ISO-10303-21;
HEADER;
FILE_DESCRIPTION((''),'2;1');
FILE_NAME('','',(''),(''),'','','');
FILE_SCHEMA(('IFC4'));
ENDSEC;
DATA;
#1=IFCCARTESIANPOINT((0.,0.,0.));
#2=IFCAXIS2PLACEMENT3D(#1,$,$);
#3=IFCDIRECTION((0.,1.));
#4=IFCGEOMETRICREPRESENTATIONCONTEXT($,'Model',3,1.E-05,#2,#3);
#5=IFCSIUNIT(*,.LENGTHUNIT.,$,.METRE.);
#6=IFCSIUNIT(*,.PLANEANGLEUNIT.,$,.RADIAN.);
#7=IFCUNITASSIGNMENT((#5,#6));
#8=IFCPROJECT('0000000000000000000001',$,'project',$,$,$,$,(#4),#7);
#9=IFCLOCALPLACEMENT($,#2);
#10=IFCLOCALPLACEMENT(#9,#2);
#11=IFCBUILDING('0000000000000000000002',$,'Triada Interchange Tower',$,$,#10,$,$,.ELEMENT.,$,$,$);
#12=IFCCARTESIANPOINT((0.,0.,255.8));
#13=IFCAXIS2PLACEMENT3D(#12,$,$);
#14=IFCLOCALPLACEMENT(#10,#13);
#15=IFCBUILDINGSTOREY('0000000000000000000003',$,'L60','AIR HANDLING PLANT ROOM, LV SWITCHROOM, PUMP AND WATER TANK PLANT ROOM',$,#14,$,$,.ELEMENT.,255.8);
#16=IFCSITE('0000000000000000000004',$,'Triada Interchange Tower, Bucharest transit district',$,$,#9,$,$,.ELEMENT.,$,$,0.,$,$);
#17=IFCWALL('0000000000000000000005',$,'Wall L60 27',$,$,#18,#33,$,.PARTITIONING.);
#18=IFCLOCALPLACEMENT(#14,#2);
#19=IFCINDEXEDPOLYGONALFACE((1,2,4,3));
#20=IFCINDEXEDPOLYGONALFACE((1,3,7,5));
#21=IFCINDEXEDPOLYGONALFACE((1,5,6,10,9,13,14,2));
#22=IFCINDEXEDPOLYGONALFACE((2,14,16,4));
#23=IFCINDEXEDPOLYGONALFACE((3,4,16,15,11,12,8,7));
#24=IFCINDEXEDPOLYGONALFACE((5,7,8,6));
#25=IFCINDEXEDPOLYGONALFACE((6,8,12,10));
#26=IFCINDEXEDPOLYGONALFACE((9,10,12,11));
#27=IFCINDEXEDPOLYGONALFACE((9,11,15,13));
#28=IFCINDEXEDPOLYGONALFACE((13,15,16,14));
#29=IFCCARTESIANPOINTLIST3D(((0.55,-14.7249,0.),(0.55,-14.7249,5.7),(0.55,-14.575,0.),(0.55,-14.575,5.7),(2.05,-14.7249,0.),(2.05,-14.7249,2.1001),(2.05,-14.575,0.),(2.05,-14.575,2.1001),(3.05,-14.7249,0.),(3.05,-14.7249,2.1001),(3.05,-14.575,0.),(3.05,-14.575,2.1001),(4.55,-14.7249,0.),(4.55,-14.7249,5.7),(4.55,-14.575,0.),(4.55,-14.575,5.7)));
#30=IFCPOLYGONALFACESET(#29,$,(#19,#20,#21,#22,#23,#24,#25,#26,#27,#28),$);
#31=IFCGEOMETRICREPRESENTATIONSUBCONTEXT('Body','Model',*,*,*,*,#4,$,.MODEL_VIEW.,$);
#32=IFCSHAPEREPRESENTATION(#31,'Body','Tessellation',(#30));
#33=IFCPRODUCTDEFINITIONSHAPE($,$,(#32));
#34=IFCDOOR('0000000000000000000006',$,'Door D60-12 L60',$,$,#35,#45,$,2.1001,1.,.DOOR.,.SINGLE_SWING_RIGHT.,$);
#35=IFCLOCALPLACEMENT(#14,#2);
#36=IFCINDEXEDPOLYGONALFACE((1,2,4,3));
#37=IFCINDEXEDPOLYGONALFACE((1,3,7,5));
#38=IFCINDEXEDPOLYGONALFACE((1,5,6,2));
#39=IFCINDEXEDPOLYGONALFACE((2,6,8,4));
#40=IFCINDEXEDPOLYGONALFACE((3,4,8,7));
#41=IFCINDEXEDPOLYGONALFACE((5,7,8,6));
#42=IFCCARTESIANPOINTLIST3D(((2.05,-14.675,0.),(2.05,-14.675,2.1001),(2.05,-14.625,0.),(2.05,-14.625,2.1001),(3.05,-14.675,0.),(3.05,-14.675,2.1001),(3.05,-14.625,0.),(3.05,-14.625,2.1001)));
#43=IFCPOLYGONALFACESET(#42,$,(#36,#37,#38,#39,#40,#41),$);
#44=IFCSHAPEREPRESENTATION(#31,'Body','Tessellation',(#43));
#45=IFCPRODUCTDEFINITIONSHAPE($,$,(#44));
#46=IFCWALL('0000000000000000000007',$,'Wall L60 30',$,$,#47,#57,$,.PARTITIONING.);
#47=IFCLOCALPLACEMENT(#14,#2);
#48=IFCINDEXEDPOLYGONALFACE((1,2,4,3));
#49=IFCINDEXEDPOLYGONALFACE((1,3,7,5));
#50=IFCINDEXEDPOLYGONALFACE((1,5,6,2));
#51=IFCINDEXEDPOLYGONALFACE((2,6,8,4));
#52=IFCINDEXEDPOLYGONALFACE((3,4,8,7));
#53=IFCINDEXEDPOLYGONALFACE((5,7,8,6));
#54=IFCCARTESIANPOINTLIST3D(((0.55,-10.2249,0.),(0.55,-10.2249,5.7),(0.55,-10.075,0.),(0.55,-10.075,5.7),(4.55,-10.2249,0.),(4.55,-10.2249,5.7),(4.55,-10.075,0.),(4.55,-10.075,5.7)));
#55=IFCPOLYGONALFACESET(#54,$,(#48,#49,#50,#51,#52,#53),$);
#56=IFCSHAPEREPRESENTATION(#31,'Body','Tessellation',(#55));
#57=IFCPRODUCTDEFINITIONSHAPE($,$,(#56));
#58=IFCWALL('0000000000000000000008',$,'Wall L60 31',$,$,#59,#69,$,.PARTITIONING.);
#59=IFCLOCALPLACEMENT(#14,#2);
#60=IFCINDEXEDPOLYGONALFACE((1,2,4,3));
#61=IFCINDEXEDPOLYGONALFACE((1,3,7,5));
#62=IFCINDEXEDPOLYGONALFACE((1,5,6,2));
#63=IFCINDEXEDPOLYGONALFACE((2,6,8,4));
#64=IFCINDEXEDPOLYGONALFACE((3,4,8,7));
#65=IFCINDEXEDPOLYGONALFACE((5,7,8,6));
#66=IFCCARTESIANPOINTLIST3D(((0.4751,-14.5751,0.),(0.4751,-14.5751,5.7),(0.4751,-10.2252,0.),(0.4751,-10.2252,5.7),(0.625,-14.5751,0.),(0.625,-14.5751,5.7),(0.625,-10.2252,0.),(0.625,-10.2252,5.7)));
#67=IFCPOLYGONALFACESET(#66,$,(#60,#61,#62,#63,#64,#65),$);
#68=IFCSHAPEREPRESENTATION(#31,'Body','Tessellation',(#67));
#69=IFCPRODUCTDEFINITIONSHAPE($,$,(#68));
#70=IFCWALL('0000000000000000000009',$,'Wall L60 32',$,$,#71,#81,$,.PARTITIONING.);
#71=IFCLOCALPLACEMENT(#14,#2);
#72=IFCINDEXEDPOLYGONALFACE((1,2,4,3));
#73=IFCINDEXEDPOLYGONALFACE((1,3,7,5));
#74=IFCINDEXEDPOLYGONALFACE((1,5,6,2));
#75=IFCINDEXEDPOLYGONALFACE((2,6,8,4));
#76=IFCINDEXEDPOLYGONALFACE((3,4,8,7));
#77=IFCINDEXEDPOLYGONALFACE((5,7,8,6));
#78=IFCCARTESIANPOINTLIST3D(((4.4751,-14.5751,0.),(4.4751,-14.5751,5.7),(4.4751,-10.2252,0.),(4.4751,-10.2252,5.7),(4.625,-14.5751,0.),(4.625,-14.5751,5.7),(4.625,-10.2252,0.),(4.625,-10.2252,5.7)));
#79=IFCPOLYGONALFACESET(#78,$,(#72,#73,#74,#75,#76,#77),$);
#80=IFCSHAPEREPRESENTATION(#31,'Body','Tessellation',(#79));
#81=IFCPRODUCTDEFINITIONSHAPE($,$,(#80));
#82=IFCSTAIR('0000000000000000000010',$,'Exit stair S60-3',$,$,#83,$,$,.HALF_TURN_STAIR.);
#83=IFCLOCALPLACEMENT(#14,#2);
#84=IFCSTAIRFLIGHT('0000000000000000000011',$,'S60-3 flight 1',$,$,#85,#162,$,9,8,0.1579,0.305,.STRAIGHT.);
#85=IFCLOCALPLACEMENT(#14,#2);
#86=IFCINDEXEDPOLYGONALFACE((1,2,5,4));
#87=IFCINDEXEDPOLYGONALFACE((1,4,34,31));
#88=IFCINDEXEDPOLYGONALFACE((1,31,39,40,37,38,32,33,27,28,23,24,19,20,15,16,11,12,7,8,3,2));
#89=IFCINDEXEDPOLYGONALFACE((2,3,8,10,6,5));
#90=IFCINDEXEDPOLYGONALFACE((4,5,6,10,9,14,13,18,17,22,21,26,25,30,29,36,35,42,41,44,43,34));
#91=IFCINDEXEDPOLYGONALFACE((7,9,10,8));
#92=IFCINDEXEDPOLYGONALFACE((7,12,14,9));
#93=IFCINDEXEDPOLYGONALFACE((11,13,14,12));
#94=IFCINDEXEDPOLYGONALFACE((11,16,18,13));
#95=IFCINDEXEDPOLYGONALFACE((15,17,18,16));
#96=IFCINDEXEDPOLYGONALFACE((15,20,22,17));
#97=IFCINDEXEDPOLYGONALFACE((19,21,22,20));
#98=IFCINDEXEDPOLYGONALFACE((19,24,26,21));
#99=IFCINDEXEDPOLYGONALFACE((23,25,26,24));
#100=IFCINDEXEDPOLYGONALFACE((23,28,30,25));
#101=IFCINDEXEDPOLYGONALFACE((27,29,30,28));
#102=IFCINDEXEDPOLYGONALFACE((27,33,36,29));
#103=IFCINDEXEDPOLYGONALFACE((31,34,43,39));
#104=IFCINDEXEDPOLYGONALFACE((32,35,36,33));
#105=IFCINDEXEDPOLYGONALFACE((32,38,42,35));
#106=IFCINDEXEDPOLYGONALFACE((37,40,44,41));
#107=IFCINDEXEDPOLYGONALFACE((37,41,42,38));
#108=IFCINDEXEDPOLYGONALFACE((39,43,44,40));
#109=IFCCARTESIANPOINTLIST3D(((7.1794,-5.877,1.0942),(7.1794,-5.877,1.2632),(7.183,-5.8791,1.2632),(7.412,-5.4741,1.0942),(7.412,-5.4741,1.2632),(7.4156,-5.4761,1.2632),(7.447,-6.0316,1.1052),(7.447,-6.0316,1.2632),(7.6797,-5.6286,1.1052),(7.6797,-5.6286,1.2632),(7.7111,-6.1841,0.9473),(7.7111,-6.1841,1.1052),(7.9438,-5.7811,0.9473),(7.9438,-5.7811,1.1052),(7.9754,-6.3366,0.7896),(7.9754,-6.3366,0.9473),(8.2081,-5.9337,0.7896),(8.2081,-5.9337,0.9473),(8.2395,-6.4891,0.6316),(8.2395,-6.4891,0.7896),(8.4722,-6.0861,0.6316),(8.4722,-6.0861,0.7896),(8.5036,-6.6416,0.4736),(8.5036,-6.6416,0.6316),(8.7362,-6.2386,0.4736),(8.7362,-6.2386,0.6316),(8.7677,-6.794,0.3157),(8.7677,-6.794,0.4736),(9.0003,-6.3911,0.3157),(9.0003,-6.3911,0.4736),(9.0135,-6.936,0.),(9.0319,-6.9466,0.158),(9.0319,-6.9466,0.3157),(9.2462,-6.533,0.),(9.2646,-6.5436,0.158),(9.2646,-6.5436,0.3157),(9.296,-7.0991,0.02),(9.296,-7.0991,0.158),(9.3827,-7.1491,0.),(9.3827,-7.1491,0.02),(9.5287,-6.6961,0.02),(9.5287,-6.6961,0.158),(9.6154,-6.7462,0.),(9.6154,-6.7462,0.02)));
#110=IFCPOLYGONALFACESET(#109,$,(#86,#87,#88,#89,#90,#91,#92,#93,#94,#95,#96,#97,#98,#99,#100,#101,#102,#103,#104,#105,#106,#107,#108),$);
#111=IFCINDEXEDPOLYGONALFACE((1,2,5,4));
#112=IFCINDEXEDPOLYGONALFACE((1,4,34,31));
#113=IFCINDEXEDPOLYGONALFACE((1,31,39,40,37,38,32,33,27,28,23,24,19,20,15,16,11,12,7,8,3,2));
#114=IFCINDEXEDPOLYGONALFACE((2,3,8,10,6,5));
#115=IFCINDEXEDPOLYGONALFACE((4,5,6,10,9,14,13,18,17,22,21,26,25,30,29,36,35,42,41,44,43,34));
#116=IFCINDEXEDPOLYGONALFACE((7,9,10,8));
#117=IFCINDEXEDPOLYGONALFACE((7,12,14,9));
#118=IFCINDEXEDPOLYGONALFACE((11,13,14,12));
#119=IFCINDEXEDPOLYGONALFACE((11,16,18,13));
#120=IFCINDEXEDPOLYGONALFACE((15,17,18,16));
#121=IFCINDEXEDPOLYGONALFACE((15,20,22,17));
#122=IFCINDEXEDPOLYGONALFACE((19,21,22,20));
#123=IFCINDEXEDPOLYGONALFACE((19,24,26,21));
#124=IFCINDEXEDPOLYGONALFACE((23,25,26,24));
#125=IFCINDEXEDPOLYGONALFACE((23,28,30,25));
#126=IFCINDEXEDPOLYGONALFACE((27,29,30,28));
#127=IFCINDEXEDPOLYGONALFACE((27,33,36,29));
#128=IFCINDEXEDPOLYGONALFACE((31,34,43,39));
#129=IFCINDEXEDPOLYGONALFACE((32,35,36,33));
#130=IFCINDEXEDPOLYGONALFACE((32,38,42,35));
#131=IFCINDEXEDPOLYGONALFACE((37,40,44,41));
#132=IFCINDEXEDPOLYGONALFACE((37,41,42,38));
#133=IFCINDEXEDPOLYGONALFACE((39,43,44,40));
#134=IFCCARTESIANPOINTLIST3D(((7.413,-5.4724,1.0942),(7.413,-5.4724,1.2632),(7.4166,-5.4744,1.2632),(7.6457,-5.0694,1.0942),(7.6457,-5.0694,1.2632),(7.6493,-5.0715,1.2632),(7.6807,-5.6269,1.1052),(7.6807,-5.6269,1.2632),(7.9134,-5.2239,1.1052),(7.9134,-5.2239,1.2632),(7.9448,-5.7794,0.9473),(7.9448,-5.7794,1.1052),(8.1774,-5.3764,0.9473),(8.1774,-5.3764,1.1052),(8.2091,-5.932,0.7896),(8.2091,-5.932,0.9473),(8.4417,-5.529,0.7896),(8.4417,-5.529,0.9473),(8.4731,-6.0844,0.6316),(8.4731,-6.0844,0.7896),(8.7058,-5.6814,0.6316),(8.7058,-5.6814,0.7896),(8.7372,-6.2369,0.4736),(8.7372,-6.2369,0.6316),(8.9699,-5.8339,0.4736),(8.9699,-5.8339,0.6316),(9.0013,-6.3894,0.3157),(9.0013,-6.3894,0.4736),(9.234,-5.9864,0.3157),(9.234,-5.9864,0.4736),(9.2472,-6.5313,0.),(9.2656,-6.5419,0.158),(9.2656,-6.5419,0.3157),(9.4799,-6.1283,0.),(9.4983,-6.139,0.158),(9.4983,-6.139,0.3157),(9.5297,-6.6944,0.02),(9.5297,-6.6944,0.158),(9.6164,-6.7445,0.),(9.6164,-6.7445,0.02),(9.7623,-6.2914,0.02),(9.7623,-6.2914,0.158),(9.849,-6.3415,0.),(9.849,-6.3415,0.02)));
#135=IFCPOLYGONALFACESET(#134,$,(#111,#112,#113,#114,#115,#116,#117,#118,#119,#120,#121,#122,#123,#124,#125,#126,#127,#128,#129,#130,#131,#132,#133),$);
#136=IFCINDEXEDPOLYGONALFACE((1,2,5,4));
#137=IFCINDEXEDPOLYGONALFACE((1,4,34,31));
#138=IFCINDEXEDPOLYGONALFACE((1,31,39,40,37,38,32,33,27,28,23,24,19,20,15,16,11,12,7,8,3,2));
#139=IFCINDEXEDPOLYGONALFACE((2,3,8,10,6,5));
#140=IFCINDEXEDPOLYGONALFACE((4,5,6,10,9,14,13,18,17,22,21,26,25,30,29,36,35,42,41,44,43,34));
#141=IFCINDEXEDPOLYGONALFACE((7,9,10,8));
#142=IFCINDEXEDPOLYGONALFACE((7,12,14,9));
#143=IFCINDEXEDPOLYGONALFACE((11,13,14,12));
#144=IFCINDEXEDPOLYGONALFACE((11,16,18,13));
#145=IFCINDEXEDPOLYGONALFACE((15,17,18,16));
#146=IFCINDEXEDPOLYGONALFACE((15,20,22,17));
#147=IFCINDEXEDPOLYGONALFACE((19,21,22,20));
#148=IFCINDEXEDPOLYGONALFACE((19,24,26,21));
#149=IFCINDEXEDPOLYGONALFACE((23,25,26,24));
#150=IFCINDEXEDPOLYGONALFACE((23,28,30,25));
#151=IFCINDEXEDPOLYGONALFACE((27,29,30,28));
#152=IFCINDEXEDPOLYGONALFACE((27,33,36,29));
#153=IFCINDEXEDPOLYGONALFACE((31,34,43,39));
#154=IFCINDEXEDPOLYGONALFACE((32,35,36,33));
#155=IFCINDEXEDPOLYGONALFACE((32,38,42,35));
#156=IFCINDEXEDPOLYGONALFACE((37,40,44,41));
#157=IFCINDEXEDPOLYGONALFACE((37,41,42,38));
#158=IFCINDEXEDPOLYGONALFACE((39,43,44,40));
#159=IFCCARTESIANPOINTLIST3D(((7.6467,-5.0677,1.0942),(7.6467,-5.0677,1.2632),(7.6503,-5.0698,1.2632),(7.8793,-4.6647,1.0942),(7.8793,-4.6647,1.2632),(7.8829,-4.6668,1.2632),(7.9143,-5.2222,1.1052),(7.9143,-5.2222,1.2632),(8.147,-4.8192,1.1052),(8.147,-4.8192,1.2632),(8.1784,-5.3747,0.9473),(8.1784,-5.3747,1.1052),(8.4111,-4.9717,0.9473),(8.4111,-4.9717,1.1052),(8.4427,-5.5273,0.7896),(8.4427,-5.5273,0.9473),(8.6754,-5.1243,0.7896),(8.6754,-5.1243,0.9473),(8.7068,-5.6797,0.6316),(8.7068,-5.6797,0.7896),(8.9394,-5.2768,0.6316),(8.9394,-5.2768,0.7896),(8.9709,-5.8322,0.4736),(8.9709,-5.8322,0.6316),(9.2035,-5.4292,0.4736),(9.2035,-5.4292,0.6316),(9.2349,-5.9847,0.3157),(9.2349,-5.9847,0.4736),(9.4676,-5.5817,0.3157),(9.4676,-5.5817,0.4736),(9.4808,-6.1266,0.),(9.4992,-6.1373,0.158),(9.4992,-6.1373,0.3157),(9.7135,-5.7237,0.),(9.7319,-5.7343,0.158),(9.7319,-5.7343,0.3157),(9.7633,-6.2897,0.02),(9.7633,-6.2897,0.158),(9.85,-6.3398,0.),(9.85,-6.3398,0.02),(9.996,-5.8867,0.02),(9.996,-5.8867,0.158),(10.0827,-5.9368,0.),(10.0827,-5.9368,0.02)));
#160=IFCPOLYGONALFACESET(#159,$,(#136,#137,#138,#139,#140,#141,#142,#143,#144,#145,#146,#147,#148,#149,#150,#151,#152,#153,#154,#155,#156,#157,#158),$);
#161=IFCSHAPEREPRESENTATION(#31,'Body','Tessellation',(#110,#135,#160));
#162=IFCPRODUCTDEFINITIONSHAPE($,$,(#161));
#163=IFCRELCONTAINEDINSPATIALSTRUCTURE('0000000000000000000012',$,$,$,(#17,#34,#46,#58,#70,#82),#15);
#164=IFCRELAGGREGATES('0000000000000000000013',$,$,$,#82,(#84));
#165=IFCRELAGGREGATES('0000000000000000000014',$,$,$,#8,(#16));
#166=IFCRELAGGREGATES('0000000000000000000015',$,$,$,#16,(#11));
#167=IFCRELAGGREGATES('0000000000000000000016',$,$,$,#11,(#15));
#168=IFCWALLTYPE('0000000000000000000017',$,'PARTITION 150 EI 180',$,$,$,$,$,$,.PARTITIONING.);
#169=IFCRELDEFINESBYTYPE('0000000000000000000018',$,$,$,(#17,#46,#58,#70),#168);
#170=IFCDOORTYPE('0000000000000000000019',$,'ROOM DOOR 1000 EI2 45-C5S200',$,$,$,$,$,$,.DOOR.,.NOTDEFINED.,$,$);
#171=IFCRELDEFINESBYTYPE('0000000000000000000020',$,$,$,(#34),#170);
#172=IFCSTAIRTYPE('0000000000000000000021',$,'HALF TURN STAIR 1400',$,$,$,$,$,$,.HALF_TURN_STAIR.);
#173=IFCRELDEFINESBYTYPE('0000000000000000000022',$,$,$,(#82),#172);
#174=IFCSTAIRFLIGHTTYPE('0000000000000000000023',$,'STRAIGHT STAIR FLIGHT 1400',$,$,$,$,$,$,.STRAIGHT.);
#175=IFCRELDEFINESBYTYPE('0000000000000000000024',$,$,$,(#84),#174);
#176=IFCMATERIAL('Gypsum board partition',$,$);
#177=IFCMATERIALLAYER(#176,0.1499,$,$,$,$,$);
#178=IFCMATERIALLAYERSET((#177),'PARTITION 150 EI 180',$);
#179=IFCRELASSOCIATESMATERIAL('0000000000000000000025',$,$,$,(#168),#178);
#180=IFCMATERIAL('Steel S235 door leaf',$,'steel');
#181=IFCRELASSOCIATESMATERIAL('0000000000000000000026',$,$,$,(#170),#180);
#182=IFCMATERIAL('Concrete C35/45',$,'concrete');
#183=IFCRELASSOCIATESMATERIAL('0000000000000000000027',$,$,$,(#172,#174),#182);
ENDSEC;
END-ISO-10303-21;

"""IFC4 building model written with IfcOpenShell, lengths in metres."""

from ifc_helpers import new_model, si_unit, direction, frame, frame_2d, origin, place, context, subcontext, project, spatial, polyline, rectangle, outline, extrude, material, layer, layer_set, type_object, element, fill, aggregate, save


model = new_model("IFC4")

# Units and contexts
model_context = context("Model", 3, precision=1e-05, world=origin(), true_north=direction((0.0, 1.0)))
body_context = subcontext(model_context, "Body", "Model", "MODEL_VIEW")
ifc_project = project(units=[si_unit("LENGTHUNIT", "METRE"), si_unit("PLANEANGLEUNIT", "RADIAN")], contexts=[model_context])

# Site, building, storey
site_placement = place(None, origin())
site = spatial("IfcSite", under=ifc_project, at=site_placement, Name="Triada Interchange Tower, Bucharest transit district", CompositionType="ELEMENT", RefElevation=0.0)
building_placement = place(site_placement, origin())
building = spatial("IfcBuilding", under=site, at=building_placement, Name="Triada Interchange Tower", CompositionType="ELEMENT")
storey_placement = place(building_placement, frame((0.0, 0.0, 255.8)))
storey = spatial("IfcBuildingStorey", under=building, at=storey_placement, Name="L60", Description="AIR HANDLING PLANT ROOM, LV SWITCHROOM, PUMP AND WATER TANK PLANT ROOM", CompositionType="ELEMENT", Elevation=255.8)

# Shared definitions
ifc_material_1 = material(Name="Steel S235 door leaf", Category="steel")

# Shared definitions
ifc_material_2 = material(Name="Gypsum board partition")
ifc_layer_1 = layer(ifc_material_2, 0.1499)
ifc_layer_set_1 = layer_set([ifc_layer_1], Name="PARTITION 150 EI 180")
wall_type_1 = type_object("IfcWallType", Name="PARTITION 150 EI 180", PredefinedType="PARTITIONING", material=ifc_layer_set_1)

# Wall, opening, door
wall_1_placement = place(storey_placement, frame((0.55, -14.6499, 0.0), z_axis=(0.0, 0.0, 1.0), x_axis=(1.0, 0.0, 0.0)))
wall_1 = element("IfcWall", 1, at=wall_1_placement, inside=storey, type_object=wall_type_1, Name="Wall L60 27", PredefinedType="PARTITIONING", context=body_context, shape_type="SweptSolid", body=[
    extrude(rectangle(XDim=4.0, YDim=0.1499, at=frame_2d((2.0, 0.0))), origin(), (0.0, 0.0, 1.0), 5.7),
])
opening_1_placement = place(wall_1_placement, frame((1.5, 0.0, 0.0)))
opening_1 = element("IfcOpeningElement", 2, at=opening_1_placement, cuts=wall_1, PredefinedType="OPENING", context=body_context, shape_type="SweptSolid", body=[
    extrude(rectangle(XDim=1.0, YDim=2.1001, at=frame_2d((0.5, 1.05))), frame((0.0, 0.085, 0.0), z_axis=(0.0, -1.0, 0.0), x_axis=(1.0, 0.0, 0.0)), (0.0, 0.0, 1.0), 0.1699),
])
door_type_1 = type_object("IfcDoorType", Name="ROOM DOOR 1000 EI2 45-C5S200", OperationType="NOTDEFINED", PredefinedType="DOOR", material=ifc_material_1)
door_1_placement = place(opening_1_placement, origin())
door_1 = element("IfcDoor", 3, at=door_1_placement, inside=storey, type_object=door_type_1, Name="Door D60-12 L60", OperationType="SINGLE_SWING_RIGHT", OverallHeight=2.1001, OverallWidth=1.0, PredefinedType="DOOR", context=body_context, shape_type="SweptSolid", body=[
    extrude(rectangle(XDim=1.0, YDim=2.1001, at=frame_2d((0.5, 1.05))), frame((0.0, 0.0249, 0.0), z_axis=(0.0, -1.0, 0.0), x_axis=(1.0, 0.0, 0.0)), (0.0, 0.0, 1.0), 0.05),
])
fill(opening_1, door_1)

# Walls
wall_2_placement = place(storey_placement, frame((0.55, -10.1499, 0.0), z_axis=(0.0, 0.0, 1.0), x_axis=(1.0, 0.0, 0.0)))
element("IfcWall", 4, at=wall_2_placement, inside=storey, type_object=wall_type_1, Name="Wall L60 30", PredefinedType="PARTITIONING", context=body_context, shape_type="SweptSolid", body=[
    extrude(rectangle(XDim=4.0, YDim=0.1499, at=frame_2d((2.0, 0.0))), origin(), (0.0, 0.0, 1.0), 5.7),
])
for number, where, z_axis, x_axis, name in (
    (5, (0.55, -14.575, 0.0), (0.0, 0.0, 1.0), (0.0, 1.0, 0.0), "Wall L60 31"),
    (6, (4.55, -14.575, 0.0), (0.0, 0.0, 1.0), (0.0, 1.0, 0.0), "Wall L60 32"),
):
    element("IfcWall", number, at=place(storey_placement, frame(where, z_axis=z_axis, x_axis=x_axis)), inside=storey, type_object=wall_type_1, Name=name, PredefinedType="PARTITIONING", context=body_context, shape_type="SweptSolid", body=[
        extrude(rectangle(XDim=4.3499, YDim=0.1499, at=frame_2d((2.1748, 0.0))), origin(), (0.0, 0.0, 1.0), 5.7),
    ])

# Stair, stair flight
ifc_material_3 = material(Name="Concrete C35/45", Category="concrete")
stair_type = type_object("IfcStairType", Name="HALF TURN STAIR 1400", PredefinedType="HALF_TURN_STAIR", material=ifc_material_3)
stair_placement = place(storey_placement, origin())
stair = element("IfcStair", 7, at=stair_placement, inside=storey, type_object=stair_type, Name="Exit stair S60-3", PredefinedType="HALF_TURN_STAIR")
stair_flight_type = type_object("IfcStairFlightType", Name="STRAIGHT STAIR FLIGHT 1400", PredefinedType="STRAIGHT", material=ifc_material_3)
stair_flight_placement = place(storey_placement, frame((9.646, -6.4929, 0.0), z_axis=(0.0, 0.0, 1.0), x_axis=(-0.866025, 0.5, 0.0)))
stair_flight = element("IfcStairFlight", 8, at=stair_flight_placement, type_object=stair_flight_type, Name="S60-3 flight 1", NumberOfRisers=9, NumberOfTreads=8, PredefinedType="STRAIGHT", RiserHeight=0.1579, TreadLength=0.305, context=body_context, shape_type="SweptSolid", body=[
    extrude(outline(polyline([(-0.1001, 0.0), (-0.1001, 0.02), (0.0, 0.02), (0.0, 0.158), (0.3049, 0.158), (0.3049, 0.3157), (0.6101, 0.3157), (0.6101, 0.4736), (0.915, 0.4736), (0.915, 0.6316), (1.22, 0.6316), (1.22, 0.7896), (1.5249, 0.7896), (1.5249, 0.9473), (1.8301, 0.9473), (1.8301, 1.1052), (2.135, 1.1052), (2.135, 1.2632), (2.4399, 1.2632), (2.4441, 1.2632), (2.4441, 1.4209), (2.4441, 1.0942), (0.3262, 0.0), (-0.1001, 0.0)])), frame((0.0, 0.7, 0.0), z_axis=(0.0, -1.0, 0.0), x_axis=(1.0, 0.0, 0.0)), (0.0, 0.0, 1.0), 0.4653),
    extrude(outline(polyline([(-0.1001, 0.0), (-0.1001, 0.02), (0.0, 0.02), (0.0, 0.158), (0.3049, 0.158), (0.3049, 0.3157), (0.6101, 0.3157), (0.6101, 0.4736), (0.915, 0.4736), (0.915, 0.6316), (1.22, 0.6316), (1.22, 0.7896), (1.5249, 0.7896), (1.5249, 0.9473), (1.8301, 0.9473), (1.8301, 1.1052), (2.135, 1.1052), (2.135, 1.2632), (2.4399, 1.2632), (2.4441, 1.2632), (2.4441, 1.4209), (2.4441, 1.0942), (0.3262, 0.0), (-0.1001, 0.0)])), frame((0.0, 0.2327, 0.0), z_axis=(0.0, -1.0, 0.0), x_axis=(1.0, 0.0, 0.0)), (0.0, 0.0, 1.0), 0.4653),
    extrude(outline(polyline([(-0.1001, 0.0), (-0.1001, 0.02), (0.0, 0.02), (0.0, 0.158), (0.3049, 0.158), (0.3049, 0.3157), (0.6101, 0.3157), (0.6101, 0.4736), (0.915, 0.4736), (0.915, 0.6316), (1.22, 0.6316), (1.22, 0.7896), (1.5249, 0.7896), (1.5249, 0.9473), (1.8301, 0.9473), (1.8301, 1.1052), (2.135, 1.1052), (2.135, 1.2632), (2.4399, 1.2632), (2.4441, 1.2632), (2.4441, 1.4209), (2.4441, 1.0942), (0.3262, 0.0), (-0.1001, 0.0)])), frame((0.0, -0.2346, 0.0), z_axis=(0.0, -1.0, 0.0), x_axis=(1.0, 0.0, 0.0)), (0.0, 0.0, 1.0), 0.4653),
])
aggregate(stair, [stair_flight])

save(model, "model.ifc")
